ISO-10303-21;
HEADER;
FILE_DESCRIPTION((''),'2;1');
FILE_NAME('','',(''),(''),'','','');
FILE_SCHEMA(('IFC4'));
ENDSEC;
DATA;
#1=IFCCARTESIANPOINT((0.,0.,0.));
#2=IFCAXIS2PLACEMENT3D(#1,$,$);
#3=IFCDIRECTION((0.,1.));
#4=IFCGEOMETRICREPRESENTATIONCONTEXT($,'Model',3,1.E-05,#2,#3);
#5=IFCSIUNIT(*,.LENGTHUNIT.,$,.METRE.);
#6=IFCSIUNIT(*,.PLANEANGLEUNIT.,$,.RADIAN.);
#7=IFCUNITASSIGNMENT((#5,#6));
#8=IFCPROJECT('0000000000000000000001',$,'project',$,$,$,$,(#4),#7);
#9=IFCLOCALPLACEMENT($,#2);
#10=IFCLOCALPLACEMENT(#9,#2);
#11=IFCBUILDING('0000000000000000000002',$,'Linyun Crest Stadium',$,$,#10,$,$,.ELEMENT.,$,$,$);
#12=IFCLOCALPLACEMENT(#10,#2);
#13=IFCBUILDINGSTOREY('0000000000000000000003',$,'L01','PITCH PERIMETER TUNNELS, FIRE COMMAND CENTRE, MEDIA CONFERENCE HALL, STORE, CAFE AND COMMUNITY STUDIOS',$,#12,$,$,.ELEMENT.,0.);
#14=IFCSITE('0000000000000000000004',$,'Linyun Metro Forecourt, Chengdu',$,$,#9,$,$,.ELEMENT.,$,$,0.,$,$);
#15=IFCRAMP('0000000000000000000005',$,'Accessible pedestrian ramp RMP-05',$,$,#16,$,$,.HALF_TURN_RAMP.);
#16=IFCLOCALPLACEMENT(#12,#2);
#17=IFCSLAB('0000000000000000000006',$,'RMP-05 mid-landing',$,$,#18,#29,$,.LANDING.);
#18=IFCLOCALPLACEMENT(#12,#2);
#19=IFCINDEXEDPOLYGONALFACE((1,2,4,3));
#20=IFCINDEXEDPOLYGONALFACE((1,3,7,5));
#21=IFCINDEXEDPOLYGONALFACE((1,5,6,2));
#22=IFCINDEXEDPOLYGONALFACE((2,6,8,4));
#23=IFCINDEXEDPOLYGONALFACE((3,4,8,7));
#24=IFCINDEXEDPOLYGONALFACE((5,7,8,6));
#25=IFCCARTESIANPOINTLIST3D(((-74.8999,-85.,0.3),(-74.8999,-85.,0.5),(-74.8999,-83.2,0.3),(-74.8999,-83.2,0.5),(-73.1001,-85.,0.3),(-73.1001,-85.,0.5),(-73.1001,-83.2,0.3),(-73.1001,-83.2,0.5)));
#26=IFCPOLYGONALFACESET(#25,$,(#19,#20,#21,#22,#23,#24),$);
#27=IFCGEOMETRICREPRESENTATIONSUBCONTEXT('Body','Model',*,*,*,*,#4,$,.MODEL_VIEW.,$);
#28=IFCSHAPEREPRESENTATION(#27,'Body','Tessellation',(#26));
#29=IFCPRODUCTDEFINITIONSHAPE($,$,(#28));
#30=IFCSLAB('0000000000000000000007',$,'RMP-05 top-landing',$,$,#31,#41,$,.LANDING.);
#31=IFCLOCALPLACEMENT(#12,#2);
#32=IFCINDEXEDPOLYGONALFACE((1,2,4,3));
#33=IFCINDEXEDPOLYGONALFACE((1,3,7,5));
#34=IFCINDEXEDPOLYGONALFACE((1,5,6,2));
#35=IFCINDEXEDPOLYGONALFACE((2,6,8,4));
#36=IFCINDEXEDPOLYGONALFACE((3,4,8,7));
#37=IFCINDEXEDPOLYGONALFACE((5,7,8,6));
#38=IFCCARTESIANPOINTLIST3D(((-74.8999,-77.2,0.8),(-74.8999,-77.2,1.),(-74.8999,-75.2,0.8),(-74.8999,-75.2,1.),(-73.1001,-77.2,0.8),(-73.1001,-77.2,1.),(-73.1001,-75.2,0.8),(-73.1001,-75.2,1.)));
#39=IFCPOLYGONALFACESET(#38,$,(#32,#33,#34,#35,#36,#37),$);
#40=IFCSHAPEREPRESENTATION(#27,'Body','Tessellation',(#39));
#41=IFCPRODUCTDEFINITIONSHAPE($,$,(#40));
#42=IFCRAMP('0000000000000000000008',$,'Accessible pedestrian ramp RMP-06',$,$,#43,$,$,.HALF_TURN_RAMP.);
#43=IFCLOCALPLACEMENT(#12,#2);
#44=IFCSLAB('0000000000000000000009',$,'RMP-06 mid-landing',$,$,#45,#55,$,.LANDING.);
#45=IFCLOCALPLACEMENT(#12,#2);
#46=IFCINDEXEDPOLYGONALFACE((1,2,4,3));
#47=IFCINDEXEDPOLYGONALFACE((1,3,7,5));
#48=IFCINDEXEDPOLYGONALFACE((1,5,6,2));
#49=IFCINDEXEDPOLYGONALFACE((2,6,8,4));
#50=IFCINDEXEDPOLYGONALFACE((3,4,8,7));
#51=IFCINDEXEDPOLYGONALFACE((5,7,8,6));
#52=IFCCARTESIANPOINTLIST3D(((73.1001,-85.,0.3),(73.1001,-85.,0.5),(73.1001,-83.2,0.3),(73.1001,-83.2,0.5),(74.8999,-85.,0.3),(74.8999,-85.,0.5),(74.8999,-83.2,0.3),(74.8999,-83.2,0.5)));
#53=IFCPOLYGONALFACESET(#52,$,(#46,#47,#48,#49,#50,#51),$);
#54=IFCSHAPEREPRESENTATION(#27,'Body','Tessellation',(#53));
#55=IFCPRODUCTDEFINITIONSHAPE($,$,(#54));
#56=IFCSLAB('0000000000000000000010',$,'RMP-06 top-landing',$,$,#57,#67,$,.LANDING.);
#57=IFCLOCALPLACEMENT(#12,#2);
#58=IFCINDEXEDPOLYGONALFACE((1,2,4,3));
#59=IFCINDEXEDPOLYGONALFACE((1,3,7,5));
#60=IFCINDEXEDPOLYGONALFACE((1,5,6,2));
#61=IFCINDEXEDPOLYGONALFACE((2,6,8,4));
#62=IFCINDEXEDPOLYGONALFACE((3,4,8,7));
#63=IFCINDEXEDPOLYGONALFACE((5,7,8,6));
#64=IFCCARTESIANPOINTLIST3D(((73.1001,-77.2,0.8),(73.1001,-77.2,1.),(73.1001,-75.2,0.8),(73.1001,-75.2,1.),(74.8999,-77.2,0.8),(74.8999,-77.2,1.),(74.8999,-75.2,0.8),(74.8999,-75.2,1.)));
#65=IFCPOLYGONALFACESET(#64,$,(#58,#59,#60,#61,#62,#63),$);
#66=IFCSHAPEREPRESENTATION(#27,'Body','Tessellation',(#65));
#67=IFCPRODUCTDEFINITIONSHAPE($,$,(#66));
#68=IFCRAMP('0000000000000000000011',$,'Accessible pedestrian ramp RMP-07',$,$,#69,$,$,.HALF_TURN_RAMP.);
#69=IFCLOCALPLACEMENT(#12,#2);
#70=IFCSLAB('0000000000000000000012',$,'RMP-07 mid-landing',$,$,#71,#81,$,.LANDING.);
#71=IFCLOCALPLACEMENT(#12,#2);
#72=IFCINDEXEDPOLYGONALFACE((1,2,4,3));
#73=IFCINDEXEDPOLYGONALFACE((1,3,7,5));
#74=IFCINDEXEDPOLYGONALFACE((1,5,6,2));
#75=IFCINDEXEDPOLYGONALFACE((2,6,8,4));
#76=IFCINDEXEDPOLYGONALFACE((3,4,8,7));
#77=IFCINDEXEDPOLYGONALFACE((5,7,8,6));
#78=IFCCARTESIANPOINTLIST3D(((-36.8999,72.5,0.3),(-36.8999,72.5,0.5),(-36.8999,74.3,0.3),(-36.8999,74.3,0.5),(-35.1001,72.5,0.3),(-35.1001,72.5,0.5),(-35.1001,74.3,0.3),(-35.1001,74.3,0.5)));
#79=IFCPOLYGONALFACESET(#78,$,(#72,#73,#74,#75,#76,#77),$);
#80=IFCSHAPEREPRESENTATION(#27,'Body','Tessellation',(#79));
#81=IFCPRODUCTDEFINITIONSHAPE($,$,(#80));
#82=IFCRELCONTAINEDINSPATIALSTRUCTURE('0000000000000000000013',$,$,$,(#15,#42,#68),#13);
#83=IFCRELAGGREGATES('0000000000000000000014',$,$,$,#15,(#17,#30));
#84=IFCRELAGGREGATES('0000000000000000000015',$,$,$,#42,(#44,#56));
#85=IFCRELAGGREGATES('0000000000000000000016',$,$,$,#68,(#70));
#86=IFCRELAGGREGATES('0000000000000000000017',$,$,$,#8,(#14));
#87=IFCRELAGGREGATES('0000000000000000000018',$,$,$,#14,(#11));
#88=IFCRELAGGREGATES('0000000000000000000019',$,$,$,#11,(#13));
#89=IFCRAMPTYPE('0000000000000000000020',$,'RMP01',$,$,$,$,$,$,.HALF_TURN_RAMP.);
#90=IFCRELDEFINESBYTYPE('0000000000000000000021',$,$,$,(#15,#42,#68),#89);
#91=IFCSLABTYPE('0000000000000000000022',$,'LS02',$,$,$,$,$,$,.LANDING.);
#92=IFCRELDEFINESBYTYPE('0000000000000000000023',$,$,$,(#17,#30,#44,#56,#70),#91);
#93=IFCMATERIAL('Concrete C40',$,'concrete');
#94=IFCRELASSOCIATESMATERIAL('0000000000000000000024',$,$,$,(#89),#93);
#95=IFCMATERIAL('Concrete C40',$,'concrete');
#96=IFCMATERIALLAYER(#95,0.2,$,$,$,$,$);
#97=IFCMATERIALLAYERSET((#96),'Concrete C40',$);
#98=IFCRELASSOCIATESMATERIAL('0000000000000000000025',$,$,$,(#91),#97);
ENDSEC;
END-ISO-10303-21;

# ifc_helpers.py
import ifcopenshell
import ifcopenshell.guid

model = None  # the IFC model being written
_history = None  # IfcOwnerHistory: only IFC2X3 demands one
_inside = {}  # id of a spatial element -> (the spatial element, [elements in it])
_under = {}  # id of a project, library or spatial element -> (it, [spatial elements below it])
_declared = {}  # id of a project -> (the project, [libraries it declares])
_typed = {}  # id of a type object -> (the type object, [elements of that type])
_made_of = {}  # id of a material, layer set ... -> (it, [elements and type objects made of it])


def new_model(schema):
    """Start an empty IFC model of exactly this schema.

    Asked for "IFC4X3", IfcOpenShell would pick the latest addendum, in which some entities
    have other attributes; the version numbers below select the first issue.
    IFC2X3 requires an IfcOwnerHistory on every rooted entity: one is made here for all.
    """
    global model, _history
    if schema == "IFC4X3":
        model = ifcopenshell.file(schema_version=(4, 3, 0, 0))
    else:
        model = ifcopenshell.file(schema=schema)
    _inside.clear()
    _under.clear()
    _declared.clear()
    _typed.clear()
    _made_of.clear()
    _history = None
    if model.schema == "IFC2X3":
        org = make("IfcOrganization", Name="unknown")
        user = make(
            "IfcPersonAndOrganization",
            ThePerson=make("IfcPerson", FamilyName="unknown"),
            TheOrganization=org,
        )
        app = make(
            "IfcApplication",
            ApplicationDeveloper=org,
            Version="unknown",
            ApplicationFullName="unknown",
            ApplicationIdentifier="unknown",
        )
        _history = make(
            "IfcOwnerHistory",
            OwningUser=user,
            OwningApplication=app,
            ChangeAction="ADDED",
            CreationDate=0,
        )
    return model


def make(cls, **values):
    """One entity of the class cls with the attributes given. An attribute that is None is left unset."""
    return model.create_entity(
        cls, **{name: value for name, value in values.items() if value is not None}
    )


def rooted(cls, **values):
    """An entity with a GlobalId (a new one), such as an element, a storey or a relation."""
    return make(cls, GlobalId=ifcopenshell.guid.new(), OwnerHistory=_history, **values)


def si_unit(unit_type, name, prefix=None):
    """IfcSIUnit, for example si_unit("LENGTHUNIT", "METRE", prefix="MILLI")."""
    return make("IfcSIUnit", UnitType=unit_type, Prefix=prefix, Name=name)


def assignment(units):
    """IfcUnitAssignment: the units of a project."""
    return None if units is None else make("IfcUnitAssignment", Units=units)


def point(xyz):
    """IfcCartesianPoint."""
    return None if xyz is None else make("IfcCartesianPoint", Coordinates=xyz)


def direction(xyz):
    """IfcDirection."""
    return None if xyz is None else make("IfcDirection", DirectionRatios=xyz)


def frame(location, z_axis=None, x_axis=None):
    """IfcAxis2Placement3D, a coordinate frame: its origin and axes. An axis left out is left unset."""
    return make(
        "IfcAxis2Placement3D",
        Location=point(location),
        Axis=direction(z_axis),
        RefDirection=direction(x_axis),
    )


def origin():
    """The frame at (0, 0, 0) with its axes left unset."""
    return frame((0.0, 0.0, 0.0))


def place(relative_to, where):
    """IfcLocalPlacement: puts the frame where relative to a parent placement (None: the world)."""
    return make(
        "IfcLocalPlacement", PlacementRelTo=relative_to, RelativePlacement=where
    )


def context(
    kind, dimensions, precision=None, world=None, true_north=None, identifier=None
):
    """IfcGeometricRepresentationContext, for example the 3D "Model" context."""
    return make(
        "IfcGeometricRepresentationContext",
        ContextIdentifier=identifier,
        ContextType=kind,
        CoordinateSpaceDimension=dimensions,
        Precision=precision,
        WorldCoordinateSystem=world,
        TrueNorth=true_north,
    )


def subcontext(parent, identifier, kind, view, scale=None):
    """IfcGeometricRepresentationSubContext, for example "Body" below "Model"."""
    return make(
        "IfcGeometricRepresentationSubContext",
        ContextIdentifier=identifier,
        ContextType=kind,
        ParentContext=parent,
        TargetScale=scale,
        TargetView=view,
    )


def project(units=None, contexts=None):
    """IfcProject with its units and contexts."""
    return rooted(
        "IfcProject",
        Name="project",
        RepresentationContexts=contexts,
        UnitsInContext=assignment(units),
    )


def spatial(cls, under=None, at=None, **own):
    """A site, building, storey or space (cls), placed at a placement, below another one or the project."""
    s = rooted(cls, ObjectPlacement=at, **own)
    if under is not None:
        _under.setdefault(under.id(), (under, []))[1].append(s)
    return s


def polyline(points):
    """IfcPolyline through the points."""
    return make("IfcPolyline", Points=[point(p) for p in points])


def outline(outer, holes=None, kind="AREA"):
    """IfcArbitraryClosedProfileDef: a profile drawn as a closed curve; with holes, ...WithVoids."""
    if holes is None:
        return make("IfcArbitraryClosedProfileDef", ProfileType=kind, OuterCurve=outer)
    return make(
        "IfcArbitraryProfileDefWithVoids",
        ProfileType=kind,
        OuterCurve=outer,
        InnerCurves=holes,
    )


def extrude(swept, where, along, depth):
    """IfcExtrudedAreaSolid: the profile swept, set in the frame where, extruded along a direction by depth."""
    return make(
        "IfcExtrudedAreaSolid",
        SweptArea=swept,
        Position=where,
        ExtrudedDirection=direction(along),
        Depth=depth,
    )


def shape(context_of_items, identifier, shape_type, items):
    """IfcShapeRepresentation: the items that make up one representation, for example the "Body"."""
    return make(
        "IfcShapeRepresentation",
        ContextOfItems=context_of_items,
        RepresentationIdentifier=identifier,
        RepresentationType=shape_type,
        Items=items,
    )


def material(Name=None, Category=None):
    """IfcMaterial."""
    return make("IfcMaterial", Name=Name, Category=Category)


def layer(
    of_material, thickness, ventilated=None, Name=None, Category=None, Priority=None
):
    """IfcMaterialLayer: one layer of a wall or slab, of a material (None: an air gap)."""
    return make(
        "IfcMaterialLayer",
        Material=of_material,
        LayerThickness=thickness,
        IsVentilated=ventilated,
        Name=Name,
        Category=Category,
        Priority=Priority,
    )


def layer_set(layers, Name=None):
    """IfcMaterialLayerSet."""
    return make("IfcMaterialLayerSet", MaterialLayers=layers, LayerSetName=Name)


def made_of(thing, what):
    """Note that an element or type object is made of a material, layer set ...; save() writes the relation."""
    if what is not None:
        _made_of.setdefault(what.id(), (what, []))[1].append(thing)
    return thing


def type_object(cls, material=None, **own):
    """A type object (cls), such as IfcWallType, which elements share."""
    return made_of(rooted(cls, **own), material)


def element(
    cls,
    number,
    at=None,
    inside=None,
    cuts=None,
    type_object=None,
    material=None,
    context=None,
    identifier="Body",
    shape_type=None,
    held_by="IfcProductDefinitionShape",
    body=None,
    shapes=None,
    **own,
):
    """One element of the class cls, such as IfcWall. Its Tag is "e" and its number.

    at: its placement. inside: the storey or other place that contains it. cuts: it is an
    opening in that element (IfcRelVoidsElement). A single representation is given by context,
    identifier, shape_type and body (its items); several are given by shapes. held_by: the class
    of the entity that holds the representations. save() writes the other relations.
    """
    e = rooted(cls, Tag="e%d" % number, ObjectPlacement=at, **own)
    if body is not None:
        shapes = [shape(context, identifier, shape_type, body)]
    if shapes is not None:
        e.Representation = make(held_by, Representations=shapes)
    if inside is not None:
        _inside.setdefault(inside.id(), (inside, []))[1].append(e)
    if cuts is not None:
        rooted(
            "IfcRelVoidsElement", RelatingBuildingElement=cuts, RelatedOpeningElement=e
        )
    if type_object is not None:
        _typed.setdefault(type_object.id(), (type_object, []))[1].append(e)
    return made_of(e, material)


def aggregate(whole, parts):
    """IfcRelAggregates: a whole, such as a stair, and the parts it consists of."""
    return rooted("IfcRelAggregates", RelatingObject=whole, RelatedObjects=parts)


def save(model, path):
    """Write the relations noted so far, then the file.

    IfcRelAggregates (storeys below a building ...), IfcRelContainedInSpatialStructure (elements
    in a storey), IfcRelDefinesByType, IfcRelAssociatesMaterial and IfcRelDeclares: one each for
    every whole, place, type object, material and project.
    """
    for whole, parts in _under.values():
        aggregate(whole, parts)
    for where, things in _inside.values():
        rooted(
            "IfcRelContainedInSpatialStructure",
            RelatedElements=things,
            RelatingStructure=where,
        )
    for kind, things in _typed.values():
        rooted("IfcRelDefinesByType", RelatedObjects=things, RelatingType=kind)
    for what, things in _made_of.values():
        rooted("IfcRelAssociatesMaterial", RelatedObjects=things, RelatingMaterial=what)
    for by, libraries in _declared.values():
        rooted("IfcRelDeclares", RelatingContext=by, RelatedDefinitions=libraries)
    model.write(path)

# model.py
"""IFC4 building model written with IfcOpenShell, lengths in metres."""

from ifc_helpers import new_model, si_unit, direction, frame, origin, place, context, subcontext, project, spatial, polyline, outline, extrude, material, layer, layer_set, type_object, element, aggregate, save


model = new_model("IFC4")

# Units and contexts
model_context = context("Model", 3, precision=1e-05, world=origin(), true_north=direction((0.0, 1.0)))
body_context = subcontext(model_context, "Body", "Model", "MODEL_VIEW")
ifc_project = project(units=[si_unit("LENGTHUNIT", "METRE"), si_unit("PLANEANGLEUNIT", "RADIAN")], contexts=[model_context])

# Site, building, storey
site_placement = place(None, origin())
site = spatial("IfcSite", under=ifc_project, at=site_placement, Name="Linyun Metro Forecourt, Chengdu", CompositionType="ELEMENT", RefElevation=0.0)
building_placement = place(site_placement, origin())
building = spatial("IfcBuilding", under=site, at=building_placement, Name="Linyun Crest Stadium", CompositionType="ELEMENT")
storey_placement = place(building_placement, origin())
storey = spatial("IfcBuildingStorey", under=building, at=storey_placement, Name="L01", Description="PITCH PERIMETER TUNNELS, FIRE COMMAND CENTRE, MEDIA CONFERENCE HALL, STORE, CAFE AND COMMUNITY STUDIOS", CompositionType="ELEMENT", Elevation=0.0)

# Ramps, slabs
ifc_material_1 = material(Name="Concrete C40", Category="concrete")
ramp_type = type_object("IfcRampType", Name="RMP01", PredefinedType="HALF_TURN_RAMP", material=ifc_material_1)
ramp_1_placement = place(storey_placement, origin())
ramp_1 = element("IfcRamp", 1, at=ramp_1_placement, inside=storey, type_object=ramp_type, Name="Accessible pedestrian ramp RMP-05", PredefinedType="HALF_TURN_RAMP")
ifc_material_2 = material(Name="Concrete C40", Category="concrete")
ifc_layer_1 = layer(ifc_material_2, 0.2)
ifc_layer_set_1 = layer_set([ifc_layer_1], Name="Concrete C40")
slab_type_1 = type_object("IfcSlabType", Name="LS02", PredefinedType="LANDING", material=ifc_layer_set_1)
slab_1_placement = place(storey_placement, frame((0.0, 0.0, 0.3)))
slab_1 = element("IfcSlab", 2, at=slab_1_placement, type_object=slab_type_1, Name="RMP-05 mid-landing", PredefinedType="LANDING", context=body_context, shape_type="SweptSolid", body=[
    extrude(outline(polyline([(-74.8999, -85.0), (-73.1001, -85.0), (-73.1001, -83.2), (-74.8999, -83.2), (-74.8999, -85.0)])), origin(), (0.0, 0.0, 1.0), 0.2),
])
slab_2_placement = place(storey_placement, frame((0.0, 0.0, 0.8)))
slab_2 = element("IfcSlab", 3, at=slab_2_placement, type_object=slab_type_1, Name="RMP-05 top-landing", PredefinedType="LANDING", context=body_context, shape_type="SweptSolid", body=[
    extrude(outline(polyline([(-74.8999, -77.2), (-73.1001, -77.2), (-73.1001, -75.2), (-74.8999, -75.2), (-74.8999, -77.2)])), origin(), (0.0, 0.0, 1.0), 0.2),
])
aggregate(ramp_1, [slab_1, slab_2])
ramp_2_placement = place(storey_placement, origin())
ramp_2 = element("IfcRamp", 4, at=ramp_2_placement, inside=storey, type_object=ramp_type, Name="Accessible pedestrian ramp RMP-06", PredefinedType="HALF_TURN_RAMP")
slab_3_placement = place(storey_placement, frame((0.0, 0.0, 0.3)))
slab_3 = element("IfcSlab", 5, at=slab_3_placement, type_object=slab_type_1, Name="RMP-06 mid-landing", PredefinedType="LANDING", context=body_context, shape_type="SweptSolid", body=[
    extrude(outline(polyline([(73.1001, -85.0), (74.8999, -85.0), (74.8999, -83.2), (73.1001, -83.2), (73.1001, -85.0)])), origin(), (0.0, 0.0, 1.0), 0.2),
])
slab_4_placement = place(storey_placement, frame((0.0, 0.0, 0.8)))
slab_4 = element("IfcSlab", 6, at=slab_4_placement, type_object=slab_type_1, Name="RMP-06 top-landing", PredefinedType="LANDING", context=body_context, shape_type="SweptSolid", body=[
    extrude(outline(polyline([(73.1001, -77.2), (74.8999, -77.2), (74.8999, -75.2), (73.1001, -75.2), (73.1001, -77.2)])), origin(), (0.0, 0.0, 1.0), 0.2),
])
aggregate(ramp_2, [slab_3, slab_4])

# Ramp, slab
ramp_3_placement = place(storey_placement, origin())
ramp_3 = element("IfcRamp", 7, at=ramp_3_placement, inside=storey, type_object=ramp_type, Name="Accessible pedestrian ramp RMP-07", PredefinedType="HALF_TURN_RAMP")
slab_5_placement = place(storey_placement, frame((0.0, 0.0, 0.3)))
slab_5 = element("IfcSlab", 8, at=slab_5_placement, type_object=slab_type_1, Name="RMP-07 mid-landing", PredefinedType="LANDING", context=body_context, shape_type="SweptSolid", body=[
    extrude(outline(polyline([(-36.8999, 72.5), (-35.1001, 72.5), (-35.1001, 74.3), (-36.8999, 74.3), (-36.8999, 72.5)])), origin(), (0.0, 0.0, 1.0), 0.2),
])
aggregate(ramp_3, [slab_5])

save(model, "model.ifc")
